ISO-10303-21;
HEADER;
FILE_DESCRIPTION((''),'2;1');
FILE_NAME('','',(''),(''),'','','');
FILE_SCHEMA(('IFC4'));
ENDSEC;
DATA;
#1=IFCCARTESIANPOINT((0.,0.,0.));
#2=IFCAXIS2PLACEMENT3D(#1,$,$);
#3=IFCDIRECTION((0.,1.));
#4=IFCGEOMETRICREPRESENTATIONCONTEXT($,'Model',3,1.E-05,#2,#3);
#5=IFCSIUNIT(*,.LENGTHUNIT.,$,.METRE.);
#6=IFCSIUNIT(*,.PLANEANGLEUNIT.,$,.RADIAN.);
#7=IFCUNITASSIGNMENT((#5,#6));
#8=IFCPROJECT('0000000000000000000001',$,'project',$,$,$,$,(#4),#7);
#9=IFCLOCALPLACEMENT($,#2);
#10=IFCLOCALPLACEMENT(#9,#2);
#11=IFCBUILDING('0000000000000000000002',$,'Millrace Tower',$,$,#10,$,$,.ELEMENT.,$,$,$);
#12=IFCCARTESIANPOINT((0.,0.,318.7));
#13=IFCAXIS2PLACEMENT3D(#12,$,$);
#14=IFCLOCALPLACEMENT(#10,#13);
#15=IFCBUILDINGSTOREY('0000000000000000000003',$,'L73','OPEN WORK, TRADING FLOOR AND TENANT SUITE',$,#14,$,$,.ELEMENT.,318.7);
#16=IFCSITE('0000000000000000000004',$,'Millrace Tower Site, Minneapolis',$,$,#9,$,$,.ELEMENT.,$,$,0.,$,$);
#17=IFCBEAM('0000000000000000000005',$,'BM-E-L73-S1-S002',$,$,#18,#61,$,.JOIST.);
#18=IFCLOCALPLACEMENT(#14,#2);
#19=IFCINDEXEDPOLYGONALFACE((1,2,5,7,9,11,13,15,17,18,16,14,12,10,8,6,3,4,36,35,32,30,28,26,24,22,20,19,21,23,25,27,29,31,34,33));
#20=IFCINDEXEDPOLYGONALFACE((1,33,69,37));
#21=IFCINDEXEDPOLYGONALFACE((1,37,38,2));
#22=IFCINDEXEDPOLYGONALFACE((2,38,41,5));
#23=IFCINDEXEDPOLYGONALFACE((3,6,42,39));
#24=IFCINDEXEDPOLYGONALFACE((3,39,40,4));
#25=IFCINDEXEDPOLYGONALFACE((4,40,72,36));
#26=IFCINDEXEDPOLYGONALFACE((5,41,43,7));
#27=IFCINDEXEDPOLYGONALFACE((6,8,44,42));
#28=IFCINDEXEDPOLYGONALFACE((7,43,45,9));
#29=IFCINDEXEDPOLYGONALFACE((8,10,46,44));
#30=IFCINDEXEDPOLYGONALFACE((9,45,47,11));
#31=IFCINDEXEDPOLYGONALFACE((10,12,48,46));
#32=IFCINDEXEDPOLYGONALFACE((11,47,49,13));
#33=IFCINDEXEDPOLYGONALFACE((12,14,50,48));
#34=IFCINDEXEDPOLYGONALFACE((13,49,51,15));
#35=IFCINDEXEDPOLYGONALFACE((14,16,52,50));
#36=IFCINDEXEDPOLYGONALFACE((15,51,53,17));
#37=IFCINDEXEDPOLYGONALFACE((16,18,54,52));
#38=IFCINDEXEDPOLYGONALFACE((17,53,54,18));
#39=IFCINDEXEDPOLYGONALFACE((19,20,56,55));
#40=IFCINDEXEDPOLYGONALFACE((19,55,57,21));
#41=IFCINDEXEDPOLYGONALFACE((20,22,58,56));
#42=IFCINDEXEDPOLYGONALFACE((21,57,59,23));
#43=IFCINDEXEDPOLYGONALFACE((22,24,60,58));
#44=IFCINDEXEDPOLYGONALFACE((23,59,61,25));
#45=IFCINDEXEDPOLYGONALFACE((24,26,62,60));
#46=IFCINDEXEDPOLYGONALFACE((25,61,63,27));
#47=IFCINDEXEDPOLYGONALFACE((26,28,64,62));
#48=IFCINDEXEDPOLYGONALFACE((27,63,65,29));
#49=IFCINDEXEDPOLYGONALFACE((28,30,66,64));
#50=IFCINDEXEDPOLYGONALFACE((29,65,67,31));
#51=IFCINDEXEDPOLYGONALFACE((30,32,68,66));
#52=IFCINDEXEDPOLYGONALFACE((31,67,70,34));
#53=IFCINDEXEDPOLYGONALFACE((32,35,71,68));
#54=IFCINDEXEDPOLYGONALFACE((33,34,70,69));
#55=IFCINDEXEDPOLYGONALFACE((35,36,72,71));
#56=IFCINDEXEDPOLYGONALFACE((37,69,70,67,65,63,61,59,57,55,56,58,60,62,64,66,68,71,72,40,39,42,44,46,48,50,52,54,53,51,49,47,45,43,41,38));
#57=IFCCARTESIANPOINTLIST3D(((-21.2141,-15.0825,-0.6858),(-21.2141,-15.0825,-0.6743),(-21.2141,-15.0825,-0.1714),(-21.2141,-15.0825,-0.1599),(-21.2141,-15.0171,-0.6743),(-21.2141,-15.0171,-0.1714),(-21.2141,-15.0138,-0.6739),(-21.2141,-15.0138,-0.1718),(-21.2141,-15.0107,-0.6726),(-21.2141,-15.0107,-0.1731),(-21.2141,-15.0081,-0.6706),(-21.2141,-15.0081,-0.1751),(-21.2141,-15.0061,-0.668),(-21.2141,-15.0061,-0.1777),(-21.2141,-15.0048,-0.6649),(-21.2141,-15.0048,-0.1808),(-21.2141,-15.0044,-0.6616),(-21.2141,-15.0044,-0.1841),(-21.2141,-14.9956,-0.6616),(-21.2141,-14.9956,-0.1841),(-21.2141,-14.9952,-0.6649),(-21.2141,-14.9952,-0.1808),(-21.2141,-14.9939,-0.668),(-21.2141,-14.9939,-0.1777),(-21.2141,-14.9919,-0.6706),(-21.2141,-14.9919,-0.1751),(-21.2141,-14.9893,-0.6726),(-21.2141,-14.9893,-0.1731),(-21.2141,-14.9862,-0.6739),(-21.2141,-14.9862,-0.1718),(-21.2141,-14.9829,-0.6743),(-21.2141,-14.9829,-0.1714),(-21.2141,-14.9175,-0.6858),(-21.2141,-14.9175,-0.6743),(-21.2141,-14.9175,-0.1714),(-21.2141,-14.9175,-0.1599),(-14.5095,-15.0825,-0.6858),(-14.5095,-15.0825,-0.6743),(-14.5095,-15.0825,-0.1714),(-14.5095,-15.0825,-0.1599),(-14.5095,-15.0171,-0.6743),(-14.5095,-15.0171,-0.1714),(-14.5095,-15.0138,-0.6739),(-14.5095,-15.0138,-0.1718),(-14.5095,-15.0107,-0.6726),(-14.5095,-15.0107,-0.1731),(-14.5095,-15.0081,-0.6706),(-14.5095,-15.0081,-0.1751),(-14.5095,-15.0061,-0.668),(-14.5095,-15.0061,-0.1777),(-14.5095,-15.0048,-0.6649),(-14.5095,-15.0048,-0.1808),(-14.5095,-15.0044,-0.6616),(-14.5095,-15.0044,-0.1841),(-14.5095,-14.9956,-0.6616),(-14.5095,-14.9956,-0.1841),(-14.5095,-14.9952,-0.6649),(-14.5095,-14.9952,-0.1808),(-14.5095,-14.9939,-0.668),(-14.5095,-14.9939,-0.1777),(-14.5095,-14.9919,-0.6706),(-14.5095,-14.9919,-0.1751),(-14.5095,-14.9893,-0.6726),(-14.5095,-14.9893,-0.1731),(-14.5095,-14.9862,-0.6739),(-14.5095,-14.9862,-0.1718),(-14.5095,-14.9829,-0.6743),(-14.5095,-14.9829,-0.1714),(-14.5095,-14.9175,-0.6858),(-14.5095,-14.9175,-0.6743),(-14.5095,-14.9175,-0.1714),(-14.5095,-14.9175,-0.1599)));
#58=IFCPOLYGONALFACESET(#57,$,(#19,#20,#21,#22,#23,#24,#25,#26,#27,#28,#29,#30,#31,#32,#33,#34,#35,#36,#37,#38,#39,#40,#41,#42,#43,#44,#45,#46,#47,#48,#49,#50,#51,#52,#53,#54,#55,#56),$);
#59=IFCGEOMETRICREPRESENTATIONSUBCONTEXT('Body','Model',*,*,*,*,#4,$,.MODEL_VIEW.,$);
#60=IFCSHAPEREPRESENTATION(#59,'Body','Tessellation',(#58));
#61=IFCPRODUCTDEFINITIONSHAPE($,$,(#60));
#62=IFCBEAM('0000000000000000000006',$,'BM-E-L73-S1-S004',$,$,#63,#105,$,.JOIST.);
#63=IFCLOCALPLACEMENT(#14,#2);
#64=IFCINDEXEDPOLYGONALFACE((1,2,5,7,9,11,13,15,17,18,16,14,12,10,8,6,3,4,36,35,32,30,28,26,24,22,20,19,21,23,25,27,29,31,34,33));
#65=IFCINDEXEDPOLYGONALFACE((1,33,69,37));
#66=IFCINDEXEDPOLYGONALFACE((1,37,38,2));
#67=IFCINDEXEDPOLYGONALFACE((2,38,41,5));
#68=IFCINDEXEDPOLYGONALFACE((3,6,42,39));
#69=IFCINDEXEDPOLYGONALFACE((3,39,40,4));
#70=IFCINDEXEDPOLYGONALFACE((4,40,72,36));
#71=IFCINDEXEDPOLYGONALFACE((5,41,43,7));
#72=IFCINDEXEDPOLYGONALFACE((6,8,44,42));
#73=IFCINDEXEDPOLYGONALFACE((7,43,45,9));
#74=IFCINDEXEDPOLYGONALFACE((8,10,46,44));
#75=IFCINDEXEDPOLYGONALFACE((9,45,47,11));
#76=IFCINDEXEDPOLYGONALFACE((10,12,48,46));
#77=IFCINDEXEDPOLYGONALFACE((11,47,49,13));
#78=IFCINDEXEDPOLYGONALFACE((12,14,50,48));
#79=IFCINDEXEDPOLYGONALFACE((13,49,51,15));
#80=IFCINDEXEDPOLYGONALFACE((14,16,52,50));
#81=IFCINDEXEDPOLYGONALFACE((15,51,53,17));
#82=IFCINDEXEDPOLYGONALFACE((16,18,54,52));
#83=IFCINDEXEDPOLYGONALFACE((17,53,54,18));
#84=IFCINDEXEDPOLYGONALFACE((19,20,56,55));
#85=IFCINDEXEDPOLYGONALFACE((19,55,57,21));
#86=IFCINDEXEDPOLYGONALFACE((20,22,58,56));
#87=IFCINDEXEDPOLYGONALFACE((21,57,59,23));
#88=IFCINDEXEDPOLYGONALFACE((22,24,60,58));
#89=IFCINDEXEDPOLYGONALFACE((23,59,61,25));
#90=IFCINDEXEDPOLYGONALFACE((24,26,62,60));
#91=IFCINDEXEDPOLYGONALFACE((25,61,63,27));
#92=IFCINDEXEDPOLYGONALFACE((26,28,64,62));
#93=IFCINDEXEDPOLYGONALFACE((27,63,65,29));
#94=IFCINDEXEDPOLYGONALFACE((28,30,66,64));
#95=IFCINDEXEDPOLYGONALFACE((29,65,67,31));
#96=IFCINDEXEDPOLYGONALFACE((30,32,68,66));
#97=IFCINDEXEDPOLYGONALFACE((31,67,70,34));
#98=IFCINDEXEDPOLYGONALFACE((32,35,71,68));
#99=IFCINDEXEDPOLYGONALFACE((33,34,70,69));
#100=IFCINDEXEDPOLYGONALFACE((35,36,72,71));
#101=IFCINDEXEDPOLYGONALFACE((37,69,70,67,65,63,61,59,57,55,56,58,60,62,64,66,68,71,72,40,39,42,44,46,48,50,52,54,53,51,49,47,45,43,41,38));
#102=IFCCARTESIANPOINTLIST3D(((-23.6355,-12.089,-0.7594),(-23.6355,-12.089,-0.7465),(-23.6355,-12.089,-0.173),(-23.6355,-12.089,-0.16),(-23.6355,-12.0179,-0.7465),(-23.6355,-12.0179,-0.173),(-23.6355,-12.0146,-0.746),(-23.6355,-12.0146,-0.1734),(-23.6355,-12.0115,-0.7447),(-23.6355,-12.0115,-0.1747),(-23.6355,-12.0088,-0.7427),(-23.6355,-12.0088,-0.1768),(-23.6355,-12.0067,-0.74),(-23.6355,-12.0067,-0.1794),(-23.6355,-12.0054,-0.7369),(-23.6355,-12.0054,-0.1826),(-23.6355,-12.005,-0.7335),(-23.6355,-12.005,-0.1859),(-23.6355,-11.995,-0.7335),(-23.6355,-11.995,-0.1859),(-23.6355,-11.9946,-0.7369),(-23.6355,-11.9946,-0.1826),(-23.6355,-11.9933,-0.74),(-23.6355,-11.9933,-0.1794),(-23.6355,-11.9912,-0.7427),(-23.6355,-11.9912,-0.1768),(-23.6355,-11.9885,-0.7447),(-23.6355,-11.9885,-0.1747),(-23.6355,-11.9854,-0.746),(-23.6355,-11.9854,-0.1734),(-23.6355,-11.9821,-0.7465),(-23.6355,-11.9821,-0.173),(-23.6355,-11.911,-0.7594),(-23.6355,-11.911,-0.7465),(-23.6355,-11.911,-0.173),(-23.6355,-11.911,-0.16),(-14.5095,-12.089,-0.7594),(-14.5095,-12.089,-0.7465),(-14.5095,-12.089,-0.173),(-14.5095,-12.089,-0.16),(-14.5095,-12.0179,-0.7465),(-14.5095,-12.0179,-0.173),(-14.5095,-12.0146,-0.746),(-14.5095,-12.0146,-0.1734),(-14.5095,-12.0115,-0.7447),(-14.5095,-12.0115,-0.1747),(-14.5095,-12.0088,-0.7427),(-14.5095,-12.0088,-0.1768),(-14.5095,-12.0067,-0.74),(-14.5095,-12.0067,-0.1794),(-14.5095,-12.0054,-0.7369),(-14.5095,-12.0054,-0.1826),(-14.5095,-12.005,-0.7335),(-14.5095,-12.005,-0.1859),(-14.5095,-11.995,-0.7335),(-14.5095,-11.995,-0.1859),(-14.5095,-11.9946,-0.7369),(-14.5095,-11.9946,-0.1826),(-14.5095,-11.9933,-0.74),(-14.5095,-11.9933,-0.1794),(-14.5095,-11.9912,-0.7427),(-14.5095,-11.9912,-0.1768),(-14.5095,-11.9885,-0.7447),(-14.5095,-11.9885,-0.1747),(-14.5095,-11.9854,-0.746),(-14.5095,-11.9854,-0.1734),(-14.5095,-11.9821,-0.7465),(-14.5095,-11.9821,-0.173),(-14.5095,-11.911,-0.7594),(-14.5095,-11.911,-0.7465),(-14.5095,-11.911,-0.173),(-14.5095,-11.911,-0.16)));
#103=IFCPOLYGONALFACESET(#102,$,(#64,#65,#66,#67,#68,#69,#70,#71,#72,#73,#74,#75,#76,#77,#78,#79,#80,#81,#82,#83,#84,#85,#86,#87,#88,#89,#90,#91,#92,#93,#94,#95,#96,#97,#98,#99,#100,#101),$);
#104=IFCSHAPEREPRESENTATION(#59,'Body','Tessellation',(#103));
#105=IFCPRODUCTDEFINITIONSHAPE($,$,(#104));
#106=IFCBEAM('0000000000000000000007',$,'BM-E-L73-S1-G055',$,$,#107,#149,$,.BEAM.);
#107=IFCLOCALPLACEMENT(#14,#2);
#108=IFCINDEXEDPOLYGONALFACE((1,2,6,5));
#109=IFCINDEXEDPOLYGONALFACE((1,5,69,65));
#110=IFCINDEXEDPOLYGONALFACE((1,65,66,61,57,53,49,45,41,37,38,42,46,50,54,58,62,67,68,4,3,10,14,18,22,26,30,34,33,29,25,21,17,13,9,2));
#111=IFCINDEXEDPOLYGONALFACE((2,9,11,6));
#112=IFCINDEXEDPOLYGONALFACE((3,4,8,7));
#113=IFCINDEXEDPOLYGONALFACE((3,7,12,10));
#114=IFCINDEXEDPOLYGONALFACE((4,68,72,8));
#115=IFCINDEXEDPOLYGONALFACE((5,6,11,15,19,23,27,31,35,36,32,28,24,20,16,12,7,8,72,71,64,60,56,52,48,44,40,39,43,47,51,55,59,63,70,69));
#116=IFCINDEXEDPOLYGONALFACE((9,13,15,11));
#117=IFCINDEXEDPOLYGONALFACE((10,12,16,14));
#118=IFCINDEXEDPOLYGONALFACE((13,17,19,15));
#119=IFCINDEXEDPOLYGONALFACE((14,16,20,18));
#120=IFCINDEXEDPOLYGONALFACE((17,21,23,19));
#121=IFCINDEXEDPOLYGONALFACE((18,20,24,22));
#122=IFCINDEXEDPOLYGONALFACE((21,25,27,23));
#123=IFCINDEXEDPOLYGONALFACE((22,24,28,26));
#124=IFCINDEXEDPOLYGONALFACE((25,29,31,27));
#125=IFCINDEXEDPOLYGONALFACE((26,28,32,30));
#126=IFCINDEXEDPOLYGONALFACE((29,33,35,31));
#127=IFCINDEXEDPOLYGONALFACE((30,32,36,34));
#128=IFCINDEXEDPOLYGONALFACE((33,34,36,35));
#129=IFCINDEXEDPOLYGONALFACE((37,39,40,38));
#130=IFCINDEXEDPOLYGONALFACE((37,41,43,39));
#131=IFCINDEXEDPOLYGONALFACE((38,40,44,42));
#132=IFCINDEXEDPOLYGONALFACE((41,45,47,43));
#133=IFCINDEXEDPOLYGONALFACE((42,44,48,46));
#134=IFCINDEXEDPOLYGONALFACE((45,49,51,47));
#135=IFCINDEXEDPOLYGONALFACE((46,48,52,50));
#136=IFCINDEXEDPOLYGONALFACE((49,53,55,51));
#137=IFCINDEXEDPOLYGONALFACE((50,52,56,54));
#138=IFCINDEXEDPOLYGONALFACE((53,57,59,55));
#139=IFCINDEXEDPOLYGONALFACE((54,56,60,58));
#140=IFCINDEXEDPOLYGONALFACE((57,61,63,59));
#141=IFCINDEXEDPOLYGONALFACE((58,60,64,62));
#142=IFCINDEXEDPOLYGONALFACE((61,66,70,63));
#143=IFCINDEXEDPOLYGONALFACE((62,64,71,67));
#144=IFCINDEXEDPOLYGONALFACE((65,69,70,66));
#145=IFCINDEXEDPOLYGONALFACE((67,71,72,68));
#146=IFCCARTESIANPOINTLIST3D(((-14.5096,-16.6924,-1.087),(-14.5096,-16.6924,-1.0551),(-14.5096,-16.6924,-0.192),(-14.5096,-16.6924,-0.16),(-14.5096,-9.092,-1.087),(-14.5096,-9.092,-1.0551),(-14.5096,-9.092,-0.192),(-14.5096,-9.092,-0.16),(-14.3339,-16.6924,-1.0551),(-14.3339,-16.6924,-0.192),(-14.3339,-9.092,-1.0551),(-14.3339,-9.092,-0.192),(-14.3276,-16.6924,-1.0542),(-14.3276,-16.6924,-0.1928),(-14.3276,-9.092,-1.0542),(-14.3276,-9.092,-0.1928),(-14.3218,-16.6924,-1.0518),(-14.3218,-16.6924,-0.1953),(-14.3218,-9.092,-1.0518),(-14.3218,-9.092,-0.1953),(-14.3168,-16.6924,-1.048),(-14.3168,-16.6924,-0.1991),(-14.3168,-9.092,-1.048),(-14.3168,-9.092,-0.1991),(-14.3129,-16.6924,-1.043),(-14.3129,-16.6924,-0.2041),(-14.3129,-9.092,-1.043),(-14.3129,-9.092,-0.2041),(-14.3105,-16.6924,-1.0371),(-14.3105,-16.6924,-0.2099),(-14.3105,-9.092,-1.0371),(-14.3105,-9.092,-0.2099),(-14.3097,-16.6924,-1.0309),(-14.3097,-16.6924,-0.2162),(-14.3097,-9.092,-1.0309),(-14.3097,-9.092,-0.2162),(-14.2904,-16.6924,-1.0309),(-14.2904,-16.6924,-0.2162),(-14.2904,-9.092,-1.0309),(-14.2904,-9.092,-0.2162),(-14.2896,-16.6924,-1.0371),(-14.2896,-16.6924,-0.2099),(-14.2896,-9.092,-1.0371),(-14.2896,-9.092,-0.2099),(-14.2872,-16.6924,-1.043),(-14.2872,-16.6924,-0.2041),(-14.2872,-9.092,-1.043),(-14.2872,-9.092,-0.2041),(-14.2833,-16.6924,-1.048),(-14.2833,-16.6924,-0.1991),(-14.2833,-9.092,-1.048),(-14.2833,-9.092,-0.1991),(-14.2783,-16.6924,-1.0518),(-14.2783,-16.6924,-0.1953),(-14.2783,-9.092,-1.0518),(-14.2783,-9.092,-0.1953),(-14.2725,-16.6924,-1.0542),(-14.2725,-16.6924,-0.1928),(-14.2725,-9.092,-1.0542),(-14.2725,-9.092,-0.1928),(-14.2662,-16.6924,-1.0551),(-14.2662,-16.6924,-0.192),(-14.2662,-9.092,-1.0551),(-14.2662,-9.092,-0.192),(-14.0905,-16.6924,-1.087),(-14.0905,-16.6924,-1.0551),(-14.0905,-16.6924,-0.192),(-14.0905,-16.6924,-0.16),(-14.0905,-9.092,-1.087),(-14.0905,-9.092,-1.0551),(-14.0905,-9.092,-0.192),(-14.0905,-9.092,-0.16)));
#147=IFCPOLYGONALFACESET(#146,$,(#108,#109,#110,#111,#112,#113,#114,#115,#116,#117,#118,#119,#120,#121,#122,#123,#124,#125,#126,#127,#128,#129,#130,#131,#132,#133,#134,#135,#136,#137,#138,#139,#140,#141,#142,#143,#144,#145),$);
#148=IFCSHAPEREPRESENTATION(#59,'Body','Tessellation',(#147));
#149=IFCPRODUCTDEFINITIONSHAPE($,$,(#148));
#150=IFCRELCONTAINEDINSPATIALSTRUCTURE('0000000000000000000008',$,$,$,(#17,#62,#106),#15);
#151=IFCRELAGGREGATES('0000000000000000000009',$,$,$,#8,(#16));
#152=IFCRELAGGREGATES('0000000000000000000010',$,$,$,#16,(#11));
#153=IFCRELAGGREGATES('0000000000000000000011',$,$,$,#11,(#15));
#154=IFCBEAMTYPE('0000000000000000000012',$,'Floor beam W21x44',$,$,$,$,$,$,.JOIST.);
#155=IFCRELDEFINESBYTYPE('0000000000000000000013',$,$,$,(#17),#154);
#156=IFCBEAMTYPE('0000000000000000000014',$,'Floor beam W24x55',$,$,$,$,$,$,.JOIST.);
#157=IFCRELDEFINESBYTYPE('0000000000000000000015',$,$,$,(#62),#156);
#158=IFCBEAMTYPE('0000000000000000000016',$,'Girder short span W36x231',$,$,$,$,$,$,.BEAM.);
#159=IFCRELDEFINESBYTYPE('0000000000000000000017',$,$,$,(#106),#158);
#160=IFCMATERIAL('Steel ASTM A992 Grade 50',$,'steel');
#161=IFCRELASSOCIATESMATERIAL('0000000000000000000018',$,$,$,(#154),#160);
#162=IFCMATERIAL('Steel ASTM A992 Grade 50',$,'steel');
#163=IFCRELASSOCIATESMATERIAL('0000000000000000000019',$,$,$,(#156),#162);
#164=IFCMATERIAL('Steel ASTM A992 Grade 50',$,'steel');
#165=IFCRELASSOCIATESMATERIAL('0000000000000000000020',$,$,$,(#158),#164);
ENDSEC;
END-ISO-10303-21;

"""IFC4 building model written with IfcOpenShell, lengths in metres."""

from ifc_helpers import new_model, si_unit, direction, frame, origin, origin_2d, place, context, subcontext, project, spatial, i_section, extrude, material, material_profile, profile_set, type_object, element, save


model = new_model("IFC4")

# Units and contexts
model_context = context("Model", 3, precision=1e-05, world=origin(), true_north=direction((0.0, 1.0)))
body_context = subcontext(model_context, "Body", "Model", "MODEL_VIEW")
ifc_project = project(units=[si_unit("LENGTHUNIT", "METRE"), si_unit("PLANEANGLEUNIT", "RADIAN")], contexts=[model_context])

# Site, building, storey
site_placement = place(None, origin())
site = spatial("IfcSite", under=ifc_project, at=site_placement, Name="Millrace Tower Site, Minneapolis", CompositionType="ELEMENT", RefElevation=0.0)
building_placement = place(site_placement, origin())
building = spatial("IfcBuilding", under=site, at=building_placement, Name="Millrace Tower", CompositionType="ELEMENT")
storey_placement = place(building_placement, frame((0.0, 0.0, 318.7)))
storey = spatial("IfcBuildingStorey", under=building, at=storey_placement, Name="L73", Description="OPEN WORK, TRADING FLOOR AND TENANT SUITE", CompositionType="ELEMENT", Elevation=318.7)

# Beams
ifc_material_1 = material(Name="Steel ASTM A992 Grade 50", Category="steel")
ifc_material_profile_1 = material_profile(ifc_material_1, i_section(OverallWidth=0.165, OverallDepth=0.5259, WebThickness=0.0088, FlangeThickness=0.0115, FilletRadius=0.0127, at=origin_2d()))
ifc_profile_set_1 = profile_set([ifc_material_profile_1], Name="Steel ASTM A992 Grade 50")
beam_type_1 = type_object("IfcBeamType", Name="Floor beam W21x44", PredefinedType="JOIST", material=ifc_profile_set_1)
beam_1_placement = place(storey_placement, frame((-21.2141, -15.0, -0.4229), z_axis=(1.0, 0.0, 0.0), x_axis=(0.0, 1.0, 0.0)))
element("IfcBeam", 1, at=beam_1_placement, inside=storey, type_object=beam_type_1, Name="BM-E-L73-S1-S002", PredefinedType="JOIST", context=body_context, shape_type="SweptSolid", body=[
    extrude(i_section(OverallWidth=0.165, OverallDepth=0.5259, WebThickness=0.0088, FlangeThickness=0.0115, FilletRadius=0.0127, at=origin_2d()), origin(), (0.0, 0.0, 1.0), 6.7046),
])
ifc_material_2 = material(Name="Steel ASTM A992 Grade 50", Category="steel")
ifc_material_profile_2 = material_profile(ifc_material_2, i_section(OverallWidth=0.178, OverallDepth=0.5994, WebThickness=0.01, FlangeThickness=0.0129, FilletRadius=0.0129, at=origin_2d()))
ifc_profile_set_2 = profile_set([ifc_material_profile_2], Name="Steel ASTM A992 Grade 50")
beam_type_2 = type_object("IfcBeamType", Name="Floor beam W24x55", PredefinedType="JOIST", material=ifc_profile_set_2)
beam_2_placement = place(storey_placement, frame((-23.6355, -12.0, -0.4597), z_axis=(1.0, 0.0, 0.0), x_axis=(0.0, 1.0, 0.0)))
element("IfcBeam", 2, at=beam_2_placement, inside=storey, type_object=beam_type_2, Name="BM-E-L73-S1-S004", PredefinedType="JOIST", context=body_context, shape_type="SweptSolid", body=[
    extrude(i_section(OverallWidth=0.178, OverallDepth=0.5994, WebThickness=0.01, FlangeThickness=0.0129, FilletRadius=0.0129, at=origin_2d()), origin(), (0.0, 0.0, 1.0), 9.126),
])
ifc_material_3 = material(Name="Steel ASTM A992 Grade 50", Category="steel")
ifc_material_profile_3 = material_profile(ifc_material_3, i_section(OverallWidth=0.4192, OverallDepth=0.927, WebThickness=0.0193, FlangeThickness=0.032, FilletRadius=0.0242, at=origin_2d()))
ifc_profile_set_3 = profile_set([ifc_material_profile_3], Name="Steel ASTM A992 Grade 50")
beam_type_3 = type_object("IfcBeamType", Name="Girder short span W36x231", PredefinedType="BEAM", material=ifc_profile_set_3)
beam_3_placement = place(storey_placement, frame((-14.3, -16.6924, -0.6235), z_axis=(0.0, 1.0, 0.0), x_axis=(-1.0, 0.0, 0.0)))
element("IfcBeam", 3, at=beam_3_placement, inside=storey, type_object=beam_type_3, Name="BM-E-L73-S1-G055", PredefinedType="BEAM", context=body_context, shape_type="SweptSolid", body=[
    extrude(i_section(OverallWidth=0.4192, OverallDepth=0.927, WebThickness=0.0193, FlangeThickness=0.032, FilletRadius=0.0242, at=origin_2d()), origin(), (0.0, 0.0, 1.0), 7.6003),
])

save(model, "model.ifc")
